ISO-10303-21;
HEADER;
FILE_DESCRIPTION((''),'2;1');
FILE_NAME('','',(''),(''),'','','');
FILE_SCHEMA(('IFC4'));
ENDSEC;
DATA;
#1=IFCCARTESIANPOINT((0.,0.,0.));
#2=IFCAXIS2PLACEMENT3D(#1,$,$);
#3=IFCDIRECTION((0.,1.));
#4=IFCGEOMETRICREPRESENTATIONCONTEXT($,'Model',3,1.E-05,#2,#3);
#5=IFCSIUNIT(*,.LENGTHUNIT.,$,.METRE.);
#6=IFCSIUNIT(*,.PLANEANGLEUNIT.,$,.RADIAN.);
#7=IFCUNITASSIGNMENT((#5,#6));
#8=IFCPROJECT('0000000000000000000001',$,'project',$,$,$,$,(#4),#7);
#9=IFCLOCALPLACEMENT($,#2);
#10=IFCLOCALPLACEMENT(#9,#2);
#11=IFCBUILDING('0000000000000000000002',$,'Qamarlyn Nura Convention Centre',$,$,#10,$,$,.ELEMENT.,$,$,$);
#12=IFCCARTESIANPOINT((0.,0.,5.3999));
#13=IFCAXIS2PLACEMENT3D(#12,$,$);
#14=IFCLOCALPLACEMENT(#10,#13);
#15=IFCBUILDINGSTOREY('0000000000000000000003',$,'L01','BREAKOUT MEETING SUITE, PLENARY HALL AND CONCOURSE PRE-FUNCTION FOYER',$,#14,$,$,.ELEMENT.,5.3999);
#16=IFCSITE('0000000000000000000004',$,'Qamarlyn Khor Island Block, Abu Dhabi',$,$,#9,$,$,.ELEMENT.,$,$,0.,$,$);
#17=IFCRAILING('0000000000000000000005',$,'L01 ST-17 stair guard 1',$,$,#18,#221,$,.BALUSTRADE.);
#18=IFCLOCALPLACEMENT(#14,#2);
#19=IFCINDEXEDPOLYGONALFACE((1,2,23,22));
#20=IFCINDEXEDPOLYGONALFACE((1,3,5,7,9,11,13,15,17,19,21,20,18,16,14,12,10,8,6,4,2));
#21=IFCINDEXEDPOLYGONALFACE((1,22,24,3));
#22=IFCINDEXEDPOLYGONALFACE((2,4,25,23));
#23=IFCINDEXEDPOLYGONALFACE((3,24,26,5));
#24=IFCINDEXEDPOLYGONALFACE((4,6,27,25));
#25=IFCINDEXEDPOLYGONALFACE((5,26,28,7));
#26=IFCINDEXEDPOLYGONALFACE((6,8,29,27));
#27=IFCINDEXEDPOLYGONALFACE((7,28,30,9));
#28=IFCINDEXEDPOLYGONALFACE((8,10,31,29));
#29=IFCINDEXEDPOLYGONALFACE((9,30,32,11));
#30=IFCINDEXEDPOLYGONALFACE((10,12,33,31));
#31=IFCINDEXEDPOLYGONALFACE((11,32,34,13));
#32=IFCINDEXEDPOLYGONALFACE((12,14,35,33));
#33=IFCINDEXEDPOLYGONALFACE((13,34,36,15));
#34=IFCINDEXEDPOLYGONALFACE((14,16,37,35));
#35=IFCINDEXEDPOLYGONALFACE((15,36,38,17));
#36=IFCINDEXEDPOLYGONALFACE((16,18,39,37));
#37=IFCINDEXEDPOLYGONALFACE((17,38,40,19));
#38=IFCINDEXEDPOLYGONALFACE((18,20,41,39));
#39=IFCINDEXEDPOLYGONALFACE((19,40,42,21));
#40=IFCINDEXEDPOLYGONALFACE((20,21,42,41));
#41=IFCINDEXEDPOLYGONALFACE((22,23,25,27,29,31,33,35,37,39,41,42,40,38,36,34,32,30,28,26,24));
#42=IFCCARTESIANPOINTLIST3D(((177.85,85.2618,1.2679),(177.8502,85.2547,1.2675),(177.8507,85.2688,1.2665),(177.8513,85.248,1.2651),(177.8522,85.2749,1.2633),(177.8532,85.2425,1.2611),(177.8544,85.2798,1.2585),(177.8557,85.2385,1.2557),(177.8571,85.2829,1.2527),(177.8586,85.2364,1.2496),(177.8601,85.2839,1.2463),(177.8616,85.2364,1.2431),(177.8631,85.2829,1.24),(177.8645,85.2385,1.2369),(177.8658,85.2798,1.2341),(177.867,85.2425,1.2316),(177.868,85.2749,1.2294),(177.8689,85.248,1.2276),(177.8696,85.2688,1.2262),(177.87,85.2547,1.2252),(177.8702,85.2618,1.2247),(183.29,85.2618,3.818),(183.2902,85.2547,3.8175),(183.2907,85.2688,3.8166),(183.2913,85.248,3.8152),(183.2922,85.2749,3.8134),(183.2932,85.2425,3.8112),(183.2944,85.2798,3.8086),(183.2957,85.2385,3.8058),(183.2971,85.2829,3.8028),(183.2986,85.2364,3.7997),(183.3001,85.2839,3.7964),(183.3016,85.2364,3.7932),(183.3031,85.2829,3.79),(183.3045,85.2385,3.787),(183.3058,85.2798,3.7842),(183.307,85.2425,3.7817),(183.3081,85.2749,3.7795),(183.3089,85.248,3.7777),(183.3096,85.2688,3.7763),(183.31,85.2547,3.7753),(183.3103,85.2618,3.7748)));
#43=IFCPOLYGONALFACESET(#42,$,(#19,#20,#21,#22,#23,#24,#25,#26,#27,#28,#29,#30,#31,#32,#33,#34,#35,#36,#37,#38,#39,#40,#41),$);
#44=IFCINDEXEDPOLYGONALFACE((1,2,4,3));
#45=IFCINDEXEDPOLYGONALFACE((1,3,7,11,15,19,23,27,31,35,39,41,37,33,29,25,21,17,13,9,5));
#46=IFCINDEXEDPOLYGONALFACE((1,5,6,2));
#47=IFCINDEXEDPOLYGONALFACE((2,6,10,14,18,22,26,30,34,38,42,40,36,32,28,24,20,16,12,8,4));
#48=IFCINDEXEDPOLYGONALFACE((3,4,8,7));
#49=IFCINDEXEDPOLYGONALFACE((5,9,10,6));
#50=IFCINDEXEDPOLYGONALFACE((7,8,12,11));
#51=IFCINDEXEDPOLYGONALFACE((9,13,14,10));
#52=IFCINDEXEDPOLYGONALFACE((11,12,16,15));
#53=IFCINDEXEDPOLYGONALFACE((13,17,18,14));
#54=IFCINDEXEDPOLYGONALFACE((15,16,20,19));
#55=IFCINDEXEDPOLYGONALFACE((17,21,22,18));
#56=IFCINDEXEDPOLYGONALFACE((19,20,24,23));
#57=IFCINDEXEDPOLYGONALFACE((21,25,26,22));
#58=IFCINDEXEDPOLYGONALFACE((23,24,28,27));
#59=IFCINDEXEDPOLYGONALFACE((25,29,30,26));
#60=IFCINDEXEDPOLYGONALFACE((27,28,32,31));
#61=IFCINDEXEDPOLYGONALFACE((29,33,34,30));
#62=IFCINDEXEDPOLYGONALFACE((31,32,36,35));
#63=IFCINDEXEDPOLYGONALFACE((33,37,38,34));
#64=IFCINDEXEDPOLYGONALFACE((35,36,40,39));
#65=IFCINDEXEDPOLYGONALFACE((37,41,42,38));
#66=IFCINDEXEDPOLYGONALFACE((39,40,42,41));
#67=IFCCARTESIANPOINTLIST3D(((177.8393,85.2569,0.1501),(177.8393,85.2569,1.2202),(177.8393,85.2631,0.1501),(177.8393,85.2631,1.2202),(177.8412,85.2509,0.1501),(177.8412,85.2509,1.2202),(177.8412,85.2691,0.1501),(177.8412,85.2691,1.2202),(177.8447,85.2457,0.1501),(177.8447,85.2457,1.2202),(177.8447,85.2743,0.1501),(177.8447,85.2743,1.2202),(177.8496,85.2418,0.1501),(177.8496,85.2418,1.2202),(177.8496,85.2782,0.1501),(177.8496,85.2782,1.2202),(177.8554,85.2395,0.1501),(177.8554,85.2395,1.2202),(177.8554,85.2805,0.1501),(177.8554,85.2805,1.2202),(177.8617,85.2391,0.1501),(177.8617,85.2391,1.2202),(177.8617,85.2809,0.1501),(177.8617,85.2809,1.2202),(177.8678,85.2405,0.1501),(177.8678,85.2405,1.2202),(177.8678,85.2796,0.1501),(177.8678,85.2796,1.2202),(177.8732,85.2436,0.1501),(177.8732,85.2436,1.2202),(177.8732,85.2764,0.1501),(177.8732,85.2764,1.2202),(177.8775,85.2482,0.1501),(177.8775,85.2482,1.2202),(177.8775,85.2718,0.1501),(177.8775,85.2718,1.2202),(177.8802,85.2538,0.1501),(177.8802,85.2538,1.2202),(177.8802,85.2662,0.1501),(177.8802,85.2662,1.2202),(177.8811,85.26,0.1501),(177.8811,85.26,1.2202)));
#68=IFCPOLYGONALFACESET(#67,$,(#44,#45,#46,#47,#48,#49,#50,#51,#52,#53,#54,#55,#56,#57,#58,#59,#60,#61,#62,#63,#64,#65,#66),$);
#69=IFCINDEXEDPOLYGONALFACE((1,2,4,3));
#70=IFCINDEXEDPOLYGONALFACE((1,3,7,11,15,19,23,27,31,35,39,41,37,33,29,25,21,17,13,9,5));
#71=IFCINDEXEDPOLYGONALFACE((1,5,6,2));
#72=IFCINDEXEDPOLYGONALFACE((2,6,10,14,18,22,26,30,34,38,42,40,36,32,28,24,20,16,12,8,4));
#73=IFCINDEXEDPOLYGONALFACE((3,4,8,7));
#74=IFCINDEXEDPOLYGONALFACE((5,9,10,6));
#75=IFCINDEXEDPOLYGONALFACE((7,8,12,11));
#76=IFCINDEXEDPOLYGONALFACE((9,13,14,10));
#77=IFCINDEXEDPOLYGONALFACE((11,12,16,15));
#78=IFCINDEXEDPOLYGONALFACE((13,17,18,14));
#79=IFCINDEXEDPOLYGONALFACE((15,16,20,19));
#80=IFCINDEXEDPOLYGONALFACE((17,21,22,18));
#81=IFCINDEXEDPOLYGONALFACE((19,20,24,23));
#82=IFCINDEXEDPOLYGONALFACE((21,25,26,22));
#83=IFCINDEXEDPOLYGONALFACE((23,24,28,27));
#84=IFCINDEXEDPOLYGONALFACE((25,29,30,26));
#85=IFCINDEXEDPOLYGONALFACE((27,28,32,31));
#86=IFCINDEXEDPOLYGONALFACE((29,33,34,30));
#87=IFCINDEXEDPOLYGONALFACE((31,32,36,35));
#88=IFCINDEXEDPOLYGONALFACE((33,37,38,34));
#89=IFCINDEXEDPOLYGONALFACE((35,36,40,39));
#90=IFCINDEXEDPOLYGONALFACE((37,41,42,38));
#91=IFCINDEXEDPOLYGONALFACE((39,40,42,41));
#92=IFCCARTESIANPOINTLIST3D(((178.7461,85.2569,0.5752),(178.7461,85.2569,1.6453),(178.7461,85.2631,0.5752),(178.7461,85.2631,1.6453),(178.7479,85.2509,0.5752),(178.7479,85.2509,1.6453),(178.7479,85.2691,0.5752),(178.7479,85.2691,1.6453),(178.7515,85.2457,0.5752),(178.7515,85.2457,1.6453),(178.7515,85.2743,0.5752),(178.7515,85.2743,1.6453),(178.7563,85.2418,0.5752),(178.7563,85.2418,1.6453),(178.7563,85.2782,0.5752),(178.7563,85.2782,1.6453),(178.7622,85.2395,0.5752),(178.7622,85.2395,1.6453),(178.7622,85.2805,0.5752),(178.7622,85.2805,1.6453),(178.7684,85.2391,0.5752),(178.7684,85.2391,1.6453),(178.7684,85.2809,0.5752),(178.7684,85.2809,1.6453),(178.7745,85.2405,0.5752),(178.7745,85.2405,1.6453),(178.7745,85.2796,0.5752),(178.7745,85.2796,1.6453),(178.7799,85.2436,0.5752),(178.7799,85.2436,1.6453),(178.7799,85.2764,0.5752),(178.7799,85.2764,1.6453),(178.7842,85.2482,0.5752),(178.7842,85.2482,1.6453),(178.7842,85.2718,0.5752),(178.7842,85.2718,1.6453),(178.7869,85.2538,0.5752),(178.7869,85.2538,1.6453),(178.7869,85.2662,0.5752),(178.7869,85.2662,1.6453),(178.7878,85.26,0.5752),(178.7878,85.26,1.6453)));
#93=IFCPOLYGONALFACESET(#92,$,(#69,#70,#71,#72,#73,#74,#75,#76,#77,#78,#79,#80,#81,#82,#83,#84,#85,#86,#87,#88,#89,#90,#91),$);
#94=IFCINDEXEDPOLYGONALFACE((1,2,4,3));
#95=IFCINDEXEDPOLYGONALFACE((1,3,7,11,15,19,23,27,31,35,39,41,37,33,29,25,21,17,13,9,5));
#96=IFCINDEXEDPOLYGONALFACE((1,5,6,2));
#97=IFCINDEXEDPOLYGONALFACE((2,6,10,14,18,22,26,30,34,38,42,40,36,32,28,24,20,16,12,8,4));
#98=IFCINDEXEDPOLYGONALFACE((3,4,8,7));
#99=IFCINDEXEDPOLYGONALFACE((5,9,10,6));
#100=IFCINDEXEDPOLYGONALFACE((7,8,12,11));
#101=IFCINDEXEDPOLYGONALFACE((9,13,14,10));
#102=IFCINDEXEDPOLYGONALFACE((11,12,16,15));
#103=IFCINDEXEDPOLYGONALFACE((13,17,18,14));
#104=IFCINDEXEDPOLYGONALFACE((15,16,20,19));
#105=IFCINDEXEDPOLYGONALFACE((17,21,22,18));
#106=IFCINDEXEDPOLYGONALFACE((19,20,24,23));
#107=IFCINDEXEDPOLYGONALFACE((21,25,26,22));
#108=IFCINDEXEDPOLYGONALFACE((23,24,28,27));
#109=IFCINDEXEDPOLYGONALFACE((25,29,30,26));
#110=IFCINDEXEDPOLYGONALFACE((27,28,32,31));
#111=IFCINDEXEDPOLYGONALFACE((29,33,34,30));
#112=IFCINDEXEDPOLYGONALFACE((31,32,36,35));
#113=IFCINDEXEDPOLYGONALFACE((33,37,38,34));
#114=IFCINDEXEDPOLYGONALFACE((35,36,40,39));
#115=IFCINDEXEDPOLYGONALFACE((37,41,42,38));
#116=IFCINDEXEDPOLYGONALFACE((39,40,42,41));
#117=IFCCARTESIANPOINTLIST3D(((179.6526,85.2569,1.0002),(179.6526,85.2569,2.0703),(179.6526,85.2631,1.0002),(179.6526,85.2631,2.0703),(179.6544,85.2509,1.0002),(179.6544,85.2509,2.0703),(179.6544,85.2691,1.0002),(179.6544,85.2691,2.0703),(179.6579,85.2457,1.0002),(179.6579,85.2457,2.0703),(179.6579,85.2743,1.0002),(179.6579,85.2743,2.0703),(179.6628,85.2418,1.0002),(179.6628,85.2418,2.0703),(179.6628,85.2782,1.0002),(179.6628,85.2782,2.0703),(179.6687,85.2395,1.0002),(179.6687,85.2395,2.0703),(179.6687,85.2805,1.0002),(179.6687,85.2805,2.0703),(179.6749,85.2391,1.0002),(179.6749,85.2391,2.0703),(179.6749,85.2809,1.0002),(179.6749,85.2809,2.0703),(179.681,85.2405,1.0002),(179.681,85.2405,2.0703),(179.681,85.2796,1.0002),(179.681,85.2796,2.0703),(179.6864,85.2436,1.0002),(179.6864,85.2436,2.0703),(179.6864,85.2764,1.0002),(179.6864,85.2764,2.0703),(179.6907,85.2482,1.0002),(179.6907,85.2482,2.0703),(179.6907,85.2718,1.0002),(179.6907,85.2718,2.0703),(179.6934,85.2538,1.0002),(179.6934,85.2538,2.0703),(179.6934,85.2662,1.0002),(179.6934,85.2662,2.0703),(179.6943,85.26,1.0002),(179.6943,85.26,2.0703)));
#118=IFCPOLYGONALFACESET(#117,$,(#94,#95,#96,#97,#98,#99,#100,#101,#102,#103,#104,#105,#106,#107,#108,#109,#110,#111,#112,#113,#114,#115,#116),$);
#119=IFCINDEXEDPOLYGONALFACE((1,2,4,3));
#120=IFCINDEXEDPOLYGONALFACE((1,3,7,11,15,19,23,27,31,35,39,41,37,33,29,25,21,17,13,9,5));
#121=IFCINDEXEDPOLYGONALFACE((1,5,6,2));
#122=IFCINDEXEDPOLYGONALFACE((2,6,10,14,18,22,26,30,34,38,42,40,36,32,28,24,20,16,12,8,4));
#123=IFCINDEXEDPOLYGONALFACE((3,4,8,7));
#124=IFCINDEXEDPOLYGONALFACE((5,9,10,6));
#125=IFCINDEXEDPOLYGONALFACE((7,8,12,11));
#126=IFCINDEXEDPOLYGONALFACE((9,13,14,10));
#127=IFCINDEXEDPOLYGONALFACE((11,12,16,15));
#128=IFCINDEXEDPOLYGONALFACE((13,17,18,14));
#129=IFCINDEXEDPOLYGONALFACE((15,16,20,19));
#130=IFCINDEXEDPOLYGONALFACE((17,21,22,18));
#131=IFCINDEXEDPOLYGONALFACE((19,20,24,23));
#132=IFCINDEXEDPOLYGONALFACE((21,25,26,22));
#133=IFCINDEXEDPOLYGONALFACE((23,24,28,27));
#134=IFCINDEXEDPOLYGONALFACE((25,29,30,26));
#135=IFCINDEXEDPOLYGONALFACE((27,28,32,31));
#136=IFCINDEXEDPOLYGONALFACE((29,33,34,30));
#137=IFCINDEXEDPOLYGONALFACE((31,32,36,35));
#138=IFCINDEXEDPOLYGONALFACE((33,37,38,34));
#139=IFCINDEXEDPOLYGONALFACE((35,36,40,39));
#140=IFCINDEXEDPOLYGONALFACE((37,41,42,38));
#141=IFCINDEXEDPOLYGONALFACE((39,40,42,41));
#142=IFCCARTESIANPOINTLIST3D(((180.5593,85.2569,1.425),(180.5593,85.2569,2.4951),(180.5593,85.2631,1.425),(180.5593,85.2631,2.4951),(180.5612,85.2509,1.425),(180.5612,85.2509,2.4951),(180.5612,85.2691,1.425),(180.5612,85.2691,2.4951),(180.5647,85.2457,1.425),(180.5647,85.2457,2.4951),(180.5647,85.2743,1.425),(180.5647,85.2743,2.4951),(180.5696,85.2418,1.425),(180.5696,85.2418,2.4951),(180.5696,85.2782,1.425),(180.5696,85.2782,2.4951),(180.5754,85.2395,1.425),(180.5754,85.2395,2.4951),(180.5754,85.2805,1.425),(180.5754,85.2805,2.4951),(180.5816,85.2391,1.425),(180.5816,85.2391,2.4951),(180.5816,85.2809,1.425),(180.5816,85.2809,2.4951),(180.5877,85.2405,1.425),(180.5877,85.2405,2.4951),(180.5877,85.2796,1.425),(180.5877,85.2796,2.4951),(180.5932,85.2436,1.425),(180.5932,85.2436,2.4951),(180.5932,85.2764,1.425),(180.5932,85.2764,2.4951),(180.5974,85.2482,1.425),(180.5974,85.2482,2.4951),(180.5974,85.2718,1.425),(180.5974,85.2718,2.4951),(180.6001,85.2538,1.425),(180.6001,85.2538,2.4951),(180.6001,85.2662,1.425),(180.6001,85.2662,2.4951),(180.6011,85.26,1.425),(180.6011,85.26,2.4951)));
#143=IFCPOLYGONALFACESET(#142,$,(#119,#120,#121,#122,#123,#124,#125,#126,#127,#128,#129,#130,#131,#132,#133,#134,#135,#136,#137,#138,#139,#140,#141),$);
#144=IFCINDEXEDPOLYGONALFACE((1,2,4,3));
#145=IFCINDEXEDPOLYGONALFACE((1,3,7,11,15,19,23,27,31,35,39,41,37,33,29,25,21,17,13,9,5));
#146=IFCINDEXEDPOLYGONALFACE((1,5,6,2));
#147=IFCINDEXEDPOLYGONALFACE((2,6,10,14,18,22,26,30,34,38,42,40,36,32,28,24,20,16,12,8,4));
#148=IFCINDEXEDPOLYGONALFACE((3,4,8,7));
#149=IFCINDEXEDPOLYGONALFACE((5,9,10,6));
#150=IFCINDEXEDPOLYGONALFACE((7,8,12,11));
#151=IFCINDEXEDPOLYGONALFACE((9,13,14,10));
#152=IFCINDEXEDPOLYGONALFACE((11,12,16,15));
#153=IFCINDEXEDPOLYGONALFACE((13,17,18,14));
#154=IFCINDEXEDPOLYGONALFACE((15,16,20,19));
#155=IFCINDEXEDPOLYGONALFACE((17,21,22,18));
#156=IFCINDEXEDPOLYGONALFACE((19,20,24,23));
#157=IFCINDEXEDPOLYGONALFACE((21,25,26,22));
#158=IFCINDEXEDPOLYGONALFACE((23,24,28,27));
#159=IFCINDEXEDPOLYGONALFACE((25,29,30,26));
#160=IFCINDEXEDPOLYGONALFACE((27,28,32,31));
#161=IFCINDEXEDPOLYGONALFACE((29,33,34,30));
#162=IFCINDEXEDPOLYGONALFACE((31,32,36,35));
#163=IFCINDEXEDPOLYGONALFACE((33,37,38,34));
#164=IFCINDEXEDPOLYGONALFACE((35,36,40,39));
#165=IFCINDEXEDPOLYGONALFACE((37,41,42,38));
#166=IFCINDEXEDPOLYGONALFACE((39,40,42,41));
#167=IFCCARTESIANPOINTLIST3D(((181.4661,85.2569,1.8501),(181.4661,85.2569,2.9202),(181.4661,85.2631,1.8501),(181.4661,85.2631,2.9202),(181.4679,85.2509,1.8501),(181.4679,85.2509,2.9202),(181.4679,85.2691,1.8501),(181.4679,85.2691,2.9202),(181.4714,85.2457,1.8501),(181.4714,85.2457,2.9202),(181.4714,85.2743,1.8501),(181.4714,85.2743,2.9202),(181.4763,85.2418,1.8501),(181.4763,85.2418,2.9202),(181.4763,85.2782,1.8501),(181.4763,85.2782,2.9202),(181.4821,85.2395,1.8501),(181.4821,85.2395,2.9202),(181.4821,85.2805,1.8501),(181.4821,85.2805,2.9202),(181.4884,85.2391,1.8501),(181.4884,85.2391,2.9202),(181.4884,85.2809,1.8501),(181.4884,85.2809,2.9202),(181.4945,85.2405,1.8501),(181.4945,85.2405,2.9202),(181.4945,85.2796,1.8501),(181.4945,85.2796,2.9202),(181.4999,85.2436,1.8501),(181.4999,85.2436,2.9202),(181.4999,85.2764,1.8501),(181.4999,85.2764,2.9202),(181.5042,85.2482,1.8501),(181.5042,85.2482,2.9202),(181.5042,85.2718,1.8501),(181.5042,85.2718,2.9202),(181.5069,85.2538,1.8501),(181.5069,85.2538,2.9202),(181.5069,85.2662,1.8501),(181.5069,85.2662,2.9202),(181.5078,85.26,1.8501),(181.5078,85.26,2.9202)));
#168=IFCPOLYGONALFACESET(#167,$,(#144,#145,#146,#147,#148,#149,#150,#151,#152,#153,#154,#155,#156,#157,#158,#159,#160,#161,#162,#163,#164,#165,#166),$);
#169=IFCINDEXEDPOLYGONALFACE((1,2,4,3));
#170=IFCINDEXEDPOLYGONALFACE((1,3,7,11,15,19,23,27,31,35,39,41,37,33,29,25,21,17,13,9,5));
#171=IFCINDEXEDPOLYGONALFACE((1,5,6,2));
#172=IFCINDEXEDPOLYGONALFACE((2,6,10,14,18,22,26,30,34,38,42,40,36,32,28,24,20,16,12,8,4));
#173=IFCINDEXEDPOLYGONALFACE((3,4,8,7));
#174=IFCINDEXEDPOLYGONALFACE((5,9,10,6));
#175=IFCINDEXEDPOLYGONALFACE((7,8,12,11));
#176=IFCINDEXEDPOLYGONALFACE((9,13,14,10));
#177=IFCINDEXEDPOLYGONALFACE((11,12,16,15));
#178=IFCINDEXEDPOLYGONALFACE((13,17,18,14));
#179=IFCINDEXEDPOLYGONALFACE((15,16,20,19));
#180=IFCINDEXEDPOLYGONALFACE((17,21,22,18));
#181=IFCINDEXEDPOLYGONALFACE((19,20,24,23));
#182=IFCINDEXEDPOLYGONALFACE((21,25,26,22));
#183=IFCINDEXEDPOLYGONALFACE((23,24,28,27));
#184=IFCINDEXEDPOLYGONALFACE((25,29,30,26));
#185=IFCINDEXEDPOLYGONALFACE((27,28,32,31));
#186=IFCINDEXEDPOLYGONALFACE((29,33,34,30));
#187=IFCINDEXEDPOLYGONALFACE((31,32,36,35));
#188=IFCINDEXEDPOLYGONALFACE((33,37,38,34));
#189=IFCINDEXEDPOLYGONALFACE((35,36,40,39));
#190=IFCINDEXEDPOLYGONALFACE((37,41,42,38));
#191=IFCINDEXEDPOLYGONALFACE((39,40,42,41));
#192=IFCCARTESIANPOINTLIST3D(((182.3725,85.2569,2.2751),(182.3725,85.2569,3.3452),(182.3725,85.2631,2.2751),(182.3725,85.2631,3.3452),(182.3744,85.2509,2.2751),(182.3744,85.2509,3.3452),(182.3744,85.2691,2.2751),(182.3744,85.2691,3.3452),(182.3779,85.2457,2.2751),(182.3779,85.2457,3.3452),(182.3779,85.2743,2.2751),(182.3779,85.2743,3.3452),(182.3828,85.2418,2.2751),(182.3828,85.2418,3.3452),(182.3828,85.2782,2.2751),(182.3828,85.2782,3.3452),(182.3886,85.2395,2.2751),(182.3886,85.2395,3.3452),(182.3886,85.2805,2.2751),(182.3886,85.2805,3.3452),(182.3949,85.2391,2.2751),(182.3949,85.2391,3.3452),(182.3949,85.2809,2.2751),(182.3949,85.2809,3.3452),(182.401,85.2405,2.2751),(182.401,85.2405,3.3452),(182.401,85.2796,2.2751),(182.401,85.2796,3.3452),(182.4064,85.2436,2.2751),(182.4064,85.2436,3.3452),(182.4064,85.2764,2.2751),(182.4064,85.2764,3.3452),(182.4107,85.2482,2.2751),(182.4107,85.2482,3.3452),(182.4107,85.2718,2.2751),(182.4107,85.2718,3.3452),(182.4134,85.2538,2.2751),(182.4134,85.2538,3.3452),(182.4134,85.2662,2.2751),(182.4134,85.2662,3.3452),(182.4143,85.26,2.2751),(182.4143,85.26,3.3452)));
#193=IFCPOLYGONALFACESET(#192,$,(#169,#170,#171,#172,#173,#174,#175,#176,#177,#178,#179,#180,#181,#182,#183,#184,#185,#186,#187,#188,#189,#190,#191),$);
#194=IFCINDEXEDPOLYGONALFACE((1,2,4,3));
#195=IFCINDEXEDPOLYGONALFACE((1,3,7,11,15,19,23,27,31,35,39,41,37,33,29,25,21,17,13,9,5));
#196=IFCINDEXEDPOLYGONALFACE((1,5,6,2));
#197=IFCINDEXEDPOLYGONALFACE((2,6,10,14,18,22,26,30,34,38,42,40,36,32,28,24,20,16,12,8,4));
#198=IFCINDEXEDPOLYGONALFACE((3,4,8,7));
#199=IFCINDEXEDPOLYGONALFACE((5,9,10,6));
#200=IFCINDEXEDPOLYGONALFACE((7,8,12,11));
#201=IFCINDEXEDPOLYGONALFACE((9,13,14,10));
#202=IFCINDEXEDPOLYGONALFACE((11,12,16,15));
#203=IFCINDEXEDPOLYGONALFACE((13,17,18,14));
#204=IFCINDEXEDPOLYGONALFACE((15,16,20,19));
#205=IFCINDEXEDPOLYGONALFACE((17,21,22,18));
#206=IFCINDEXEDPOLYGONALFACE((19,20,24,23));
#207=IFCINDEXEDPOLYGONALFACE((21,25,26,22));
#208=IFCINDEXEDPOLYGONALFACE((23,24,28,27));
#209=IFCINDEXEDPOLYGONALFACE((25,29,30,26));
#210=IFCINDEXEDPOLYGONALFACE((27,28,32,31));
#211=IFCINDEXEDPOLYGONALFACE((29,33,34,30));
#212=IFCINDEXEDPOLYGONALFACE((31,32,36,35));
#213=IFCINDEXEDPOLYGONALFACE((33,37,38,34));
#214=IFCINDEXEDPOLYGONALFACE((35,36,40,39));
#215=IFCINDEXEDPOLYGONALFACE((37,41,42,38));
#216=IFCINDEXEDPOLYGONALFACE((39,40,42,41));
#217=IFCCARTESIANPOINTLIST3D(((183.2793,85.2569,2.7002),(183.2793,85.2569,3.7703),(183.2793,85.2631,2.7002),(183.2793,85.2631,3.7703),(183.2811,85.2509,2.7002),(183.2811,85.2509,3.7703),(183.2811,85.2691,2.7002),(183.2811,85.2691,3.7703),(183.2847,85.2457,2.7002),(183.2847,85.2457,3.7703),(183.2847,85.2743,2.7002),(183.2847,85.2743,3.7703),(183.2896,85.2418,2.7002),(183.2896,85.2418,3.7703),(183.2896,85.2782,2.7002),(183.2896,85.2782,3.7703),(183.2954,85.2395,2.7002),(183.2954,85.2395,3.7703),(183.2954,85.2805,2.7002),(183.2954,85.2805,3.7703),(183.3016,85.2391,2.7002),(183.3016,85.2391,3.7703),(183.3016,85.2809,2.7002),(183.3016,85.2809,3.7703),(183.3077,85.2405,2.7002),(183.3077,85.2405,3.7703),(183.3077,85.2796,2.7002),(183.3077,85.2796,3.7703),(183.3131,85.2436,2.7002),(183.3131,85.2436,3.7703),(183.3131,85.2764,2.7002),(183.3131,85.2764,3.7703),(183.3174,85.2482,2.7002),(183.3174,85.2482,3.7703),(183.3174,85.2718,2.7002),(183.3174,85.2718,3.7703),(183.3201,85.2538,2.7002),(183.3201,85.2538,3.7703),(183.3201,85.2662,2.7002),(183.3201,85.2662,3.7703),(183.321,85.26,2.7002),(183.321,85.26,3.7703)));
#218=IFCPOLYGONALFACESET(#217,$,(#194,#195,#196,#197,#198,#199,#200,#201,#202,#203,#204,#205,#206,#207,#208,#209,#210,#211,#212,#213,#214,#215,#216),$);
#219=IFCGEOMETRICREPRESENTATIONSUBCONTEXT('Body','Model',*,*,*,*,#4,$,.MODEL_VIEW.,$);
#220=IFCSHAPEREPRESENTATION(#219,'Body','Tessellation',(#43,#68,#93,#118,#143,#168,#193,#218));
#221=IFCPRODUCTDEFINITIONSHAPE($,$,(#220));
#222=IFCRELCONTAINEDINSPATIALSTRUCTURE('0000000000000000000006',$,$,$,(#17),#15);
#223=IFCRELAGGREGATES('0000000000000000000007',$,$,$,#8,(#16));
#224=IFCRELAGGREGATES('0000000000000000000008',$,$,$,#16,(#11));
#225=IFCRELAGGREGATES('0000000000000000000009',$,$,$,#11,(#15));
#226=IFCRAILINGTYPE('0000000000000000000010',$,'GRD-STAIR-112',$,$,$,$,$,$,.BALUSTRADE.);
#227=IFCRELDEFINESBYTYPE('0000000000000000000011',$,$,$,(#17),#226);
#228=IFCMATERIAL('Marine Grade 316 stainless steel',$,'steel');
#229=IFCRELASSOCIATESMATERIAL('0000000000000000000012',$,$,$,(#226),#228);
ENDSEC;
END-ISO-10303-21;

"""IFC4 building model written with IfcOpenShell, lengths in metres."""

from ifc_helpers import new_model, si_unit, direction, frame, origin, origin_2d, place, context, subcontext, project, spatial, circle, extrude, material, type_object, element, save


model = new_model("IFC4")

# Units and contexts
model_context = context("Model", 3, precision=1e-05, world=origin(), true_north=direction((0.0, 1.0)))
body_context = subcontext(model_context, "Body", "Model", "MODEL_VIEW")
ifc_project = project(units=[si_unit("LENGTHUNIT", "METRE"), si_unit("PLANEANGLEUNIT", "RADIAN")], contexts=[model_context])

# Site, building, storey
site_placement = place(None, origin())
site = spatial("IfcSite", under=ifc_project, at=site_placement, Name="Qamarlyn Khor Island Block, Abu Dhabi", CompositionType="ELEMENT", RefElevation=0.0)
building_placement = place(site_placement, origin())
building = spatial("IfcBuilding", under=site, at=building_placement, Name="Qamarlyn Nura Convention Centre", CompositionType="ELEMENT")
storey_placement = place(building_placement, frame((0.0, 0.0, 5.3999)))
storey = spatial("IfcBuildingStorey", under=building, at=storey_placement, Name="L01", Description="BREAKOUT MEETING SUITE, PLENARY HALL AND CONCOURSE PRE-FUNCTION FOYER", CompositionType="ELEMENT", Elevation=5.3999)

# Railing
ifc_material_1 = material(Name="Marine Grade 316 stainless steel", Category="steel")
railing_type_1 = type_object("IfcRailingType", Name="GRD-STAIR-112", PredefinedType="BALUSTRADE", material=ifc_material_1)
railing_1_placement = place(storey_placement, frame((177.8601, 85.26, 0.1501)))
element("IfcRailing", 1, at=railing_1_placement, inside=storey, type_object=railing_type_1, Name="L01 ST-17 stair guard 1", PredefinedType="BALUSTRADE", context=body_context, shape_type="SweptSolid", body=[
    extrude(circle(Radius=0.0239, at=origin_2d()), frame((0.0, 0.0, 1.0962), z_axis=(0.905454, 0.0, 0.424444), x_axis=(0.0, 1.0, 0.0)), (0.0, 0.0, 1.0), 6.0081),
    extrude(circle(Radius=0.021, at=origin_2d()), origin(), (0.0, 0.0, 1.0), 1.0701),
    extrude(circle(Radius=0.021, at=origin_2d()), frame((0.9067, 0.0, 0.425)), (0.0, 0.0, 1.0), 1.0701),
    extrude(circle(Radius=0.021, at=origin_2d()), frame((1.8132, 0.0, 0.8501)), (0.0, 0.0, 1.0), 1.0701),
    extrude(circle(Radius=0.021, at=origin_2d()), frame((2.72, 0.0, 1.2749)), (0.0, 0.0, 1.0), 1.0701),
    extrude(circle(Radius=0.021, at=origin_2d()), frame((3.6267, 0.0, 1.7)), (0.0, 0.0, 1.0), 1.0701),
    extrude(circle(Radius=0.021, at=origin_2d()), frame((4.5332, 0.0, 2.125)), (0.0, 0.0, 1.0), 1.0701),
    extrude(circle(Radius=0.021, at=origin_2d()), frame((5.4399, 0.0, 2.55)), (0.0, 0.0, 1.0), 1.0701),
])

save(model, "model.ifc")
